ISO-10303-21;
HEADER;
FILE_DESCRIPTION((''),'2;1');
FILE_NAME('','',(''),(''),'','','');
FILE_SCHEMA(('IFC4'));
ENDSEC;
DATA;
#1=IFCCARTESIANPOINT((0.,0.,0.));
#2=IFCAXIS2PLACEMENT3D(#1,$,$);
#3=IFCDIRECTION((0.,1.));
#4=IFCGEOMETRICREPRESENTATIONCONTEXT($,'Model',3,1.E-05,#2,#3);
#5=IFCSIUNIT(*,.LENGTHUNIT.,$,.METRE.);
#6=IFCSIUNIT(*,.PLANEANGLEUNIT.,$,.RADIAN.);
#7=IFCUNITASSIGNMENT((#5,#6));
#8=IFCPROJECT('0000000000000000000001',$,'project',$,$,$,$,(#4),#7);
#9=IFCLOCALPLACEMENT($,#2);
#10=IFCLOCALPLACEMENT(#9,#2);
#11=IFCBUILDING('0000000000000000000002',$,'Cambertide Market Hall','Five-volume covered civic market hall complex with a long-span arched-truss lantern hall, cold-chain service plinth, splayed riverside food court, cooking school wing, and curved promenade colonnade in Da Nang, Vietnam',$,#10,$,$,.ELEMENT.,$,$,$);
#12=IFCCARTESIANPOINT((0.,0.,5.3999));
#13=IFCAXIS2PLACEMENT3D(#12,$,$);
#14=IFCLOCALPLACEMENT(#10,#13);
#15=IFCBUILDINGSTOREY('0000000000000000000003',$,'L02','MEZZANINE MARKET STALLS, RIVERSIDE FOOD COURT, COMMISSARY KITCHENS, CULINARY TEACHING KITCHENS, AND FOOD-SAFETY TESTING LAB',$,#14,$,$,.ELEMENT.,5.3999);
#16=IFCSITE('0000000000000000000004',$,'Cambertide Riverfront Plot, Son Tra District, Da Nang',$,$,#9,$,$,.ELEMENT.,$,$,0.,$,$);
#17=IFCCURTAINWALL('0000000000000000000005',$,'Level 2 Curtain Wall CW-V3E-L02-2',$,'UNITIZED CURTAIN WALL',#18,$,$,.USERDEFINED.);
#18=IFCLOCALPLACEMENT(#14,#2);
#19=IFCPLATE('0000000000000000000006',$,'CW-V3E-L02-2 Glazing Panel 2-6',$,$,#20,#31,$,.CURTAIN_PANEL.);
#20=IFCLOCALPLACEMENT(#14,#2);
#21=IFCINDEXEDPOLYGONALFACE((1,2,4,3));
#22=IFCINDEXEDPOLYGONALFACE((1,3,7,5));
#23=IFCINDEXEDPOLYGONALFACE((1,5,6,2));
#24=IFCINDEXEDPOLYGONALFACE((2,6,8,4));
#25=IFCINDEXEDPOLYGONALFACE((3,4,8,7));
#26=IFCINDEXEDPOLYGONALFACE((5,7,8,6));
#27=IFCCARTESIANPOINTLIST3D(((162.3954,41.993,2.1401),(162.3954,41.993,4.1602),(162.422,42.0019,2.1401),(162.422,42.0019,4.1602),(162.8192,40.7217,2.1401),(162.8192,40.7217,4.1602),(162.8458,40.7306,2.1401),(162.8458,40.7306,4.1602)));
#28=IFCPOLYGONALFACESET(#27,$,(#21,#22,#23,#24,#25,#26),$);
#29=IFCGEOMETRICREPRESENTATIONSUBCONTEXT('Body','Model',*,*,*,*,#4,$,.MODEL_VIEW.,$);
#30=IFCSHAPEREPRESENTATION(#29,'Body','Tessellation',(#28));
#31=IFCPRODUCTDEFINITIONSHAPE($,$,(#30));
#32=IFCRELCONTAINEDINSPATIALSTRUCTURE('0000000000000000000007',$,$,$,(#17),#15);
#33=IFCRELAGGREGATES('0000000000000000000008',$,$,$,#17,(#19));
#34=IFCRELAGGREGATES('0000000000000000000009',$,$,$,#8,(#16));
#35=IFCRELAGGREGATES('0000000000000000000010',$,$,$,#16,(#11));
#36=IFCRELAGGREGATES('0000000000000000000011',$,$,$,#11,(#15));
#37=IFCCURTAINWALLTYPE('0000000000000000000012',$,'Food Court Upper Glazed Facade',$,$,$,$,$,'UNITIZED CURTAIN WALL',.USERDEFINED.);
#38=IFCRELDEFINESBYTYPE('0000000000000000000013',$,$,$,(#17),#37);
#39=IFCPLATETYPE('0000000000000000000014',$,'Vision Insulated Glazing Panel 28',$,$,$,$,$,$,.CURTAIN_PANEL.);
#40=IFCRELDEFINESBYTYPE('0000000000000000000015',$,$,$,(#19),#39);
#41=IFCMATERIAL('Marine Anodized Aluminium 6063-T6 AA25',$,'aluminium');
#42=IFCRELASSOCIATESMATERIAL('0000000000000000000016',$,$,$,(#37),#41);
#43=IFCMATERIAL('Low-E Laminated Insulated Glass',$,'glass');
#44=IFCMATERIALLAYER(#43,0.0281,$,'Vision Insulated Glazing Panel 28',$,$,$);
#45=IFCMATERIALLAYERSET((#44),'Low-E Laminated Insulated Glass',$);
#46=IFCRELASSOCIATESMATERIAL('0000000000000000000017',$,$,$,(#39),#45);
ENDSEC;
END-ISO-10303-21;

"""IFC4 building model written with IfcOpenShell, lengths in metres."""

from ifc_helpers import new_model, si_unit, direction, frame, origin, origin_2d, place, context, subcontext, project, spatial, rectangle, extrude, material, layer, layer_set, type_object, element, aggregate, save


model = new_model("IFC4")

# Units and contexts
model_context = context("Model", 3, precision=1e-05, world=origin(), true_north=direction((0.0, 1.0)))
body_context = subcontext(model_context, "Body", "Model", "MODEL_VIEW")
ifc_project = project(units=[si_unit("LENGTHUNIT", "METRE"), si_unit("PLANEANGLEUNIT", "RADIAN")], contexts=[model_context])

# Site, building, storey
site_placement = place(None, origin())
site = spatial("IfcSite", under=ifc_project, at=site_placement, Name="Cambertide Riverfront Plot, Son Tra District, Da Nang", CompositionType="ELEMENT", RefElevation=0.0)
building_placement = place(site_placement, origin())
building = spatial("IfcBuilding", under=site, at=building_placement, Name="Cambertide Market Hall", Description="Five-volume covered civic market hall complex with a long-span arched-truss lantern hall, cold-chain service plinth, splayed riverside food court, cooking school wing, and curved promenade colonnade in Da Nang, Vietnam", CompositionType="ELEMENT")
storey_placement = place(building_placement, frame((0.0, 0.0, 5.3999)))
storey = spatial("IfcBuildingStorey", under=building, at=storey_placement, Name="L02", Description="MEZZANINE MARKET STALLS, RIVERSIDE FOOD COURT, COMMISSARY KITCHENS, CULINARY TEACHING KITCHENS, AND FOOD-SAFETY TESTING LAB", CompositionType="ELEMENT", Elevation=5.3999)

# Curtain wall
ifc_material_1 = material(Name="Marine Anodized Aluminium 6063-T6 AA25", Category="aluminium")
curtain_wall_type = type_object("IfcCurtainWallType", Name="Food Court Upper Glazed Facade", ElementType="UNITIZED CURTAIN WALL", PredefinedType="USERDEFINED", material=ifc_material_1)
curtain_wall_1_placement = place(storey_placement, origin())
curtain_wall_1 = element("IfcCurtainWall", 1, at=curtain_wall_1_placement, inside=storey, type_object=curtain_wall_type, Name="Level 2 Curtain Wall CW-V3E-L02-2", ObjectType="UNITIZED CURTAIN WALL", PredefinedType="USERDEFINED")

# Plate
ifc_material_2 = material(Name="Low-E Laminated Insulated Glass", Category="glass")
ifc_layer = layer(ifc_material_2, 0.0281, Name="Vision Insulated Glazing Panel 28")
ifc_layer_set = layer_set([ifc_layer], Name="Low-E Laminated Insulated Glass")
plate_type = type_object("IfcPlateType", Name="Vision Insulated Glazing Panel 28", PredefinedType="CURTAIN_PANEL", material=ifc_layer_set)
plate_1_placement = place(storey_placement, frame((162.6206, 41.3618, 2.1401), z_axis=(0.0, 0.0, 1.0), x_axis=(0.316228, -0.948683, 0.0)))
plate_1 = element("IfcPlate", 2, at=plate_1_placement, type_object=plate_type, Name="CW-V3E-L02-2 Glazing Panel 2-6", PredefinedType="CURTAIN_PANEL", context=body_context, shape_type="SweptSolid", body=[
    extrude(rectangle(XDim=1.3401, YDim=0.0281, at=origin_2d()), origin(), (0.0, 0.0, 1.0), 2.02),
])
aggregate(curtain_wall_1, [plate_1])

save(model, "model.ifc")
